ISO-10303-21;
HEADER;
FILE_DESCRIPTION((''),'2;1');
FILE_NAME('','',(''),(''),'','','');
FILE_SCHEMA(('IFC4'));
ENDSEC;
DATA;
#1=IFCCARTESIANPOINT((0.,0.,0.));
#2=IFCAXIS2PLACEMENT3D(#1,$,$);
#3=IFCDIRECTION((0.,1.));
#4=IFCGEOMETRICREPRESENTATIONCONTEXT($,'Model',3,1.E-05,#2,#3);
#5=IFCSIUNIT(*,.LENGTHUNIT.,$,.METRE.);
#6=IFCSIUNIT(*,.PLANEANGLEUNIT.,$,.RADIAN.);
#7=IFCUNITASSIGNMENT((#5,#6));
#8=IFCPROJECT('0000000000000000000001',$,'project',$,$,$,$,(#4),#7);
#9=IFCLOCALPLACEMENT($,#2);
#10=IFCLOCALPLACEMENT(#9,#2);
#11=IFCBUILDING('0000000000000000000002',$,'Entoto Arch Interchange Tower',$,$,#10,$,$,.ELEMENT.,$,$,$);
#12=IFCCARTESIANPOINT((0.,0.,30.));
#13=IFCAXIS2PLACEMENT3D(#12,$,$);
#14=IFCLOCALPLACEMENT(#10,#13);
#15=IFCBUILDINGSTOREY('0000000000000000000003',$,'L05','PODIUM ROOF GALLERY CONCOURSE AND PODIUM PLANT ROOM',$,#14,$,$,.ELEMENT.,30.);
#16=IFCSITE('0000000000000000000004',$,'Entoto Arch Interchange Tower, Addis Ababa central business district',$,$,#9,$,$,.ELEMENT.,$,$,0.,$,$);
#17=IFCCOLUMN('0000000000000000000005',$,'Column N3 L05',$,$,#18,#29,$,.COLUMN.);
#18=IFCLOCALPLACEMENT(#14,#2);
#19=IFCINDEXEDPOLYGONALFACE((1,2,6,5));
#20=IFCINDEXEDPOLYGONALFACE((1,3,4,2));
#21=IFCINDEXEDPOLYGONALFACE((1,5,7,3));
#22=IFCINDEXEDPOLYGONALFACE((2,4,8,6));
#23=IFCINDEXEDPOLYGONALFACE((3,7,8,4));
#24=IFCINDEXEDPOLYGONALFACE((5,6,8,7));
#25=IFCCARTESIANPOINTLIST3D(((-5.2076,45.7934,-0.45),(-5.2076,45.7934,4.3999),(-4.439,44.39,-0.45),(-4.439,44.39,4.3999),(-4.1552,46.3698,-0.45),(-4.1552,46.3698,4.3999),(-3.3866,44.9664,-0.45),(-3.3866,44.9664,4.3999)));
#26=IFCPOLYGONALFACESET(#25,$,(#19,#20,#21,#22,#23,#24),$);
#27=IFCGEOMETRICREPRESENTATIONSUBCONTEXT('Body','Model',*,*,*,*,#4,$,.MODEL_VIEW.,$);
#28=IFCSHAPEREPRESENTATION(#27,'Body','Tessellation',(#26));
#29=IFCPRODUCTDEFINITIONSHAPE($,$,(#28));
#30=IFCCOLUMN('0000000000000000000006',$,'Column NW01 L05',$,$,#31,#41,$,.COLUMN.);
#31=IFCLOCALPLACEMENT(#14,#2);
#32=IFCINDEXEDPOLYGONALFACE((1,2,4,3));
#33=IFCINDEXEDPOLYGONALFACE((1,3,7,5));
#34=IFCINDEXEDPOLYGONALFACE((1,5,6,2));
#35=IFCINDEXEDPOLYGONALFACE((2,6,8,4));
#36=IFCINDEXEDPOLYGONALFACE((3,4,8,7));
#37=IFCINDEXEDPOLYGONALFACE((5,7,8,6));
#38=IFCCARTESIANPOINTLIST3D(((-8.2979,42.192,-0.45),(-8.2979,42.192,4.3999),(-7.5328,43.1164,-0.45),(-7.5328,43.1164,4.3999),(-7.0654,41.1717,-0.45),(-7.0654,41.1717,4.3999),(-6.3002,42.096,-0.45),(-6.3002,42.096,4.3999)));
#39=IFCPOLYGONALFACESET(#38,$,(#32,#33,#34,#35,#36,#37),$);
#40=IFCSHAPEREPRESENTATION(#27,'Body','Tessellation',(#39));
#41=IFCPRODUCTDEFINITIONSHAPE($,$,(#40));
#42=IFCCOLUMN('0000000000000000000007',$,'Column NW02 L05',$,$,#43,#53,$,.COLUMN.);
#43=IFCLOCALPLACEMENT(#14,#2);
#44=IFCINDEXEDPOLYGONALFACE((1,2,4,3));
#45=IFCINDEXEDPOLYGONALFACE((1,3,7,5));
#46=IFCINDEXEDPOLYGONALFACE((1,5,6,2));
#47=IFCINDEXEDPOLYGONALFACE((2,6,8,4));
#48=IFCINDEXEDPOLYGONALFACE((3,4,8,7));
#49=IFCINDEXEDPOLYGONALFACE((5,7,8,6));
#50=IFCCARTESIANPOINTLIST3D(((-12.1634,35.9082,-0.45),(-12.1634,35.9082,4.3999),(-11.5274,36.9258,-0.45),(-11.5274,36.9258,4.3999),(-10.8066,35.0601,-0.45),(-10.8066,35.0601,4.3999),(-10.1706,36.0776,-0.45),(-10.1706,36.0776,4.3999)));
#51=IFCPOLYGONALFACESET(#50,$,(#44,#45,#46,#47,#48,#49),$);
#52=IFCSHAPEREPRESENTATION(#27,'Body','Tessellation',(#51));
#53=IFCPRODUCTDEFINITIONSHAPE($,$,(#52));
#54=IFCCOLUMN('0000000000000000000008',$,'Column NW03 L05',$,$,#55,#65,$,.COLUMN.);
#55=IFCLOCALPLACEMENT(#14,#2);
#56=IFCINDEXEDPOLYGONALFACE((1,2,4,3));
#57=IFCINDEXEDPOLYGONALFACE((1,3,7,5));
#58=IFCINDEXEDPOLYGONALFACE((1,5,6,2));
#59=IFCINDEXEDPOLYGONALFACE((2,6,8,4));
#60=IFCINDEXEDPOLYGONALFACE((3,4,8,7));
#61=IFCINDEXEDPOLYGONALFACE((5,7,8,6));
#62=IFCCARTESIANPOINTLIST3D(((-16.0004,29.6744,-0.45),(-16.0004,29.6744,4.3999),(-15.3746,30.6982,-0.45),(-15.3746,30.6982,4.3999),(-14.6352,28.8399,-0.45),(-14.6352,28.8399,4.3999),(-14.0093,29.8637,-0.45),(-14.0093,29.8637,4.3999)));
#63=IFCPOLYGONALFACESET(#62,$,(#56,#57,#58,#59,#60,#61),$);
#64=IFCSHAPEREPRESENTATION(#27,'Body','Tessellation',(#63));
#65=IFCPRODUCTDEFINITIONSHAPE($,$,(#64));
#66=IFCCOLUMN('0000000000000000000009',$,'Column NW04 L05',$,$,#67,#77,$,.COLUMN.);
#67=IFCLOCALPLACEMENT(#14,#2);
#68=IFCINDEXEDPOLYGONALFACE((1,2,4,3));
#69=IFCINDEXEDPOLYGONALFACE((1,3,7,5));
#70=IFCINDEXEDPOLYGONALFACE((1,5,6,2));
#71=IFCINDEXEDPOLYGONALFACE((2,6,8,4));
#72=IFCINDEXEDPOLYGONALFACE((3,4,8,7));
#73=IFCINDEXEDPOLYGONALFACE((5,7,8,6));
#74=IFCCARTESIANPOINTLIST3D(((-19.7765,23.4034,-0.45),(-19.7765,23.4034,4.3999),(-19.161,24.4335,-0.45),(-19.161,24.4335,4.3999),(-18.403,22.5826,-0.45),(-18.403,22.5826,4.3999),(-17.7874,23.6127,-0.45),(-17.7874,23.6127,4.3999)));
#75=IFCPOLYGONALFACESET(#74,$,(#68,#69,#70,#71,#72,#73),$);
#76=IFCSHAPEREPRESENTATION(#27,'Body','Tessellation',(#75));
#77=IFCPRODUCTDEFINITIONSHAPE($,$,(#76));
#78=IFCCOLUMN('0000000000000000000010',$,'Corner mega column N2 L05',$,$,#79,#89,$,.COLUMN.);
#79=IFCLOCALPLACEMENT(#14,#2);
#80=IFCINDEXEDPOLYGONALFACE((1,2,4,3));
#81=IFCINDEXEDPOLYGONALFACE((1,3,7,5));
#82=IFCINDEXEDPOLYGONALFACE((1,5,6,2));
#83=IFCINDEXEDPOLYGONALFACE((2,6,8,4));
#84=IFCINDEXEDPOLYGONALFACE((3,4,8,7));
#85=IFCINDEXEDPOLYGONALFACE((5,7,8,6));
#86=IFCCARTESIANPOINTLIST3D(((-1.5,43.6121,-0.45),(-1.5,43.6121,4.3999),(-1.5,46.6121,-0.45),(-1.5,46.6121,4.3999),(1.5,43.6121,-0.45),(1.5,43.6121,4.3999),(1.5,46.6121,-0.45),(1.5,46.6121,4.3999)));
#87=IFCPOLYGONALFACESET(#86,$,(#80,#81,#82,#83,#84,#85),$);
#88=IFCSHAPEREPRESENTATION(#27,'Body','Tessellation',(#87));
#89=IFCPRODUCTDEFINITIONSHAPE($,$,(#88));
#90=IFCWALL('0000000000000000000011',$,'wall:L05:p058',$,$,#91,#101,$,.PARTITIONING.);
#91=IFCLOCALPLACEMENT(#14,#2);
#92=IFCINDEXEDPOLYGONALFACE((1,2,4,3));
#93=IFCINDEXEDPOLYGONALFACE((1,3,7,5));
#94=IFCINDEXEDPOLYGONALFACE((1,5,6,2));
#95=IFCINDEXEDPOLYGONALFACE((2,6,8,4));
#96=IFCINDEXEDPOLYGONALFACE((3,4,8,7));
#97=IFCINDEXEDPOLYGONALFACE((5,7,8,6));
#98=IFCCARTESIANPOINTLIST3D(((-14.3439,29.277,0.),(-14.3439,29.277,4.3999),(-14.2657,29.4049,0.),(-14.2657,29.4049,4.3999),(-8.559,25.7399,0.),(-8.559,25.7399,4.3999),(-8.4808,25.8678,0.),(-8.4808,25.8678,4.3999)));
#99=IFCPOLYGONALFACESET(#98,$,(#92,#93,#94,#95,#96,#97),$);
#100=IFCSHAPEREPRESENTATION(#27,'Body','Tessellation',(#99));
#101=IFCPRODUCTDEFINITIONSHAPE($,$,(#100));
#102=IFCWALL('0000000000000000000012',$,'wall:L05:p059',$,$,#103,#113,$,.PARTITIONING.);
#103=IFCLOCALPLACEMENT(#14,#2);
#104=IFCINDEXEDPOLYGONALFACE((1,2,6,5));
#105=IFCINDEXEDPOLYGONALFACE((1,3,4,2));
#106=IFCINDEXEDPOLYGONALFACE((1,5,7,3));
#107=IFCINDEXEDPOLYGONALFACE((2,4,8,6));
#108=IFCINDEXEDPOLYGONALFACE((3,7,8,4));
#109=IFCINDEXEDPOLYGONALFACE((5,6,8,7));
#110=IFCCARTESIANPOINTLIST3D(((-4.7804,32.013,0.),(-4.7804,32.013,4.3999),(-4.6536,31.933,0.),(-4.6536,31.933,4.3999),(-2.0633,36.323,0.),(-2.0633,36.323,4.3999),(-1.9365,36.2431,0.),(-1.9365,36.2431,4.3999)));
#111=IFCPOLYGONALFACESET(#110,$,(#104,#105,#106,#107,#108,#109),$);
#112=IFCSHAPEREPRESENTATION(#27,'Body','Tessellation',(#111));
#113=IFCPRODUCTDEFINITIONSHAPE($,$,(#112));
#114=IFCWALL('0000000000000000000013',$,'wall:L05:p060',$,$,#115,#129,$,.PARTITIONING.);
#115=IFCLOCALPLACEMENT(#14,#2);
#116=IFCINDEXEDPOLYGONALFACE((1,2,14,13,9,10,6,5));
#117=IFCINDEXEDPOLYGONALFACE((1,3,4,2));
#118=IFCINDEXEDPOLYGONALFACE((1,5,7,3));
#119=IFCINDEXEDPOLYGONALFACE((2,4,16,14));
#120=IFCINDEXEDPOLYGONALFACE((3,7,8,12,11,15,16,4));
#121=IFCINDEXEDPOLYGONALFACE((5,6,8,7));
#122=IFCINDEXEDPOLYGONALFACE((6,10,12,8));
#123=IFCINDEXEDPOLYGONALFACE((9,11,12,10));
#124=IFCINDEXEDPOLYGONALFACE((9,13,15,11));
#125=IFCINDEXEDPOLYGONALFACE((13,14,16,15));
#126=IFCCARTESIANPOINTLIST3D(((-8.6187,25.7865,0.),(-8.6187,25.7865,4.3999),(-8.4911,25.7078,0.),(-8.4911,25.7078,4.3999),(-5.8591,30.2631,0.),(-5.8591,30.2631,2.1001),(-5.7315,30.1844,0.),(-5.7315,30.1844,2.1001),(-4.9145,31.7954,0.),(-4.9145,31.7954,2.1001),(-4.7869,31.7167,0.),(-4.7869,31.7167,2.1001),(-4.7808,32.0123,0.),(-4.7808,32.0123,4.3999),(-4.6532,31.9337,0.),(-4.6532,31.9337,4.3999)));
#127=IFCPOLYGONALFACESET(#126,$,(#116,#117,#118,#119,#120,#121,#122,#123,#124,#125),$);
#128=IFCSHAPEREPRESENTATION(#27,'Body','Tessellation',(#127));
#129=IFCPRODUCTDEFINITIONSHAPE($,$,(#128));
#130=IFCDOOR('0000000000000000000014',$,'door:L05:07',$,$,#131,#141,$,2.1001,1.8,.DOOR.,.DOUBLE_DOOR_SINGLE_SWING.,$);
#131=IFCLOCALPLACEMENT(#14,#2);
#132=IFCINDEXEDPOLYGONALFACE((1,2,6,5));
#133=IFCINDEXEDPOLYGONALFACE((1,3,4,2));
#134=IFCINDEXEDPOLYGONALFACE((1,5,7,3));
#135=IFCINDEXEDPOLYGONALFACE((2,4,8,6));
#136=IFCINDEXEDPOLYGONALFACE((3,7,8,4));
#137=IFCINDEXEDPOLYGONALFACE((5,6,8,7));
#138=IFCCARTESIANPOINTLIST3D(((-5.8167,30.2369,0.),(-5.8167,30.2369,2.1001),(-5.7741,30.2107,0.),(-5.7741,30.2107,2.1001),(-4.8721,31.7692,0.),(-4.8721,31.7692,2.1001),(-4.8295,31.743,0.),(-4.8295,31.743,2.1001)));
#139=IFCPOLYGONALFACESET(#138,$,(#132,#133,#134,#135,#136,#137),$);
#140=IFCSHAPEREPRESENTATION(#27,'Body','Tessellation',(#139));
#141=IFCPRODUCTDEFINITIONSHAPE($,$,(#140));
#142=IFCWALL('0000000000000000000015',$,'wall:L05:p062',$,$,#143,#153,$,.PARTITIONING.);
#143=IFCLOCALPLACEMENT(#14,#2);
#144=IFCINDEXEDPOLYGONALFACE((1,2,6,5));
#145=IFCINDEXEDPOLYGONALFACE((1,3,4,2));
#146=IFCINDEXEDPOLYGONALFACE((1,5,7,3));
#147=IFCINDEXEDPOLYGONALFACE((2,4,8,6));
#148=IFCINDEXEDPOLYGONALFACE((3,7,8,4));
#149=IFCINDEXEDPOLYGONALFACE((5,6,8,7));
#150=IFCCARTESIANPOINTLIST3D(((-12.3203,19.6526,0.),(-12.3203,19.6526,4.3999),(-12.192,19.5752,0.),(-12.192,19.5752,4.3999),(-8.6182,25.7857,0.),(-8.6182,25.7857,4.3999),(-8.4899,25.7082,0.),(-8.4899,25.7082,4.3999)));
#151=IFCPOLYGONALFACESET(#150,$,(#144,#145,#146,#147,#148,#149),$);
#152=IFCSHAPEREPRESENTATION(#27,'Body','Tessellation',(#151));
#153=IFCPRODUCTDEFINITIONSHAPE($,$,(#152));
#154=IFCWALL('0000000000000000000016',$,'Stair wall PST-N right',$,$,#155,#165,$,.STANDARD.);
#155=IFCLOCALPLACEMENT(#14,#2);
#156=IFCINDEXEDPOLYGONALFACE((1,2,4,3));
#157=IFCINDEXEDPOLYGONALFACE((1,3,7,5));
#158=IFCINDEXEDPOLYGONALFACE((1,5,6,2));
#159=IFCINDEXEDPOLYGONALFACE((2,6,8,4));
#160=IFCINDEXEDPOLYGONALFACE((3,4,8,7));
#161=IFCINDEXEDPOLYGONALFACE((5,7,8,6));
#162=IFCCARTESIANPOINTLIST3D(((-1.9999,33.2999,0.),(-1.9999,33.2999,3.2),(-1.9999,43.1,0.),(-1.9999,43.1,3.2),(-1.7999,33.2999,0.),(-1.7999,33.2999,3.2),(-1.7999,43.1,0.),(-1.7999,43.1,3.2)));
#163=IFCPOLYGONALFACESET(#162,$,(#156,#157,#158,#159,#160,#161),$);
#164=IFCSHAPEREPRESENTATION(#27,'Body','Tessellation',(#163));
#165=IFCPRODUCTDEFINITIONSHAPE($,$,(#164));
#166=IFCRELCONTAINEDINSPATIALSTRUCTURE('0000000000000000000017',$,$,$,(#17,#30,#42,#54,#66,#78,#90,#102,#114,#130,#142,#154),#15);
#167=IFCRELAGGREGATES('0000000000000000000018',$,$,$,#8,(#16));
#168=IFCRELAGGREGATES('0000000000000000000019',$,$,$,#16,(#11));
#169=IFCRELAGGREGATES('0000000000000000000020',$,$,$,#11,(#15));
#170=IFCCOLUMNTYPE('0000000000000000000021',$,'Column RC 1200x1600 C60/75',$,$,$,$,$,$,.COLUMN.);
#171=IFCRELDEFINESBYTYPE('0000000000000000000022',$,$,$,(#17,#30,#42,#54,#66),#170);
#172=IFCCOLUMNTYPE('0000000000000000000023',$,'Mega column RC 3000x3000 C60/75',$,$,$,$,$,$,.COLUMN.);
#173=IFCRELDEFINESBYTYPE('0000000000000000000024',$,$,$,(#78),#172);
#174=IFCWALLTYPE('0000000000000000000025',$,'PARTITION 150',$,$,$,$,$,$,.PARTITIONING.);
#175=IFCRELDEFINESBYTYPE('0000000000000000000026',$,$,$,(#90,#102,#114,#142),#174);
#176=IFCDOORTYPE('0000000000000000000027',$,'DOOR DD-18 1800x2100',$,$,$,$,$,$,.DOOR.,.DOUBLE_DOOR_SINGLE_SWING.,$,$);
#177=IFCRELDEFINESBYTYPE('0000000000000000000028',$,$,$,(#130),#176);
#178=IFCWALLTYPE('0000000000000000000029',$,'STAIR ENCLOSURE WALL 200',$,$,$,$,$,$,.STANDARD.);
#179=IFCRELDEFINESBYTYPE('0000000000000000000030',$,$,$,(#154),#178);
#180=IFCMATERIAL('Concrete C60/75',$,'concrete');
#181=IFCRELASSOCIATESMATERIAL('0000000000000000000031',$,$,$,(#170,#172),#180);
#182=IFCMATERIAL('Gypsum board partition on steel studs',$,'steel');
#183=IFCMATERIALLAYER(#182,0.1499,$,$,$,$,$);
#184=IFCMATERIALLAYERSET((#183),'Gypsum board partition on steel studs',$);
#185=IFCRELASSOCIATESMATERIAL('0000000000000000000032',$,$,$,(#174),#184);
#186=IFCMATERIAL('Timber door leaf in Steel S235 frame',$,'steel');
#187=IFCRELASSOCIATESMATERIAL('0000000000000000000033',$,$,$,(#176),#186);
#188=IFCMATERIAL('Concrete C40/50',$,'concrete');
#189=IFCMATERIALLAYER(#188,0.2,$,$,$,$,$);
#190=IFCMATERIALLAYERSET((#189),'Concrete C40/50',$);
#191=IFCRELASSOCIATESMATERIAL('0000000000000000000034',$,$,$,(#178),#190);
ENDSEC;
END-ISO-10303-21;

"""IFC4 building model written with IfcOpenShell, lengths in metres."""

from ifc_helpers import new_model, si_unit, direction, frame, frame_2d, origin, origin_2d, place, context, subcontext, project, spatial, rectangle, extrude, material, layer, layer_set, material_profile, profile_set, type_object, element, fill, save


model = new_model("IFC4")

# Units and contexts
model_context = context("Model", 3, precision=1e-05, world=origin(), true_north=direction((0.0, 1.0)))
body_context = subcontext(model_context, "Body", "Model", "MODEL_VIEW")
ifc_project = project(units=[si_unit("LENGTHUNIT", "METRE"), si_unit("PLANEANGLEUNIT", "RADIAN")], contexts=[model_context])

# Site, building, storey
site_placement = place(None, origin())
site = spatial("IfcSite", under=ifc_project, at=site_placement, Name="Entoto Arch Interchange Tower, Addis Ababa central business district", CompositionType="ELEMENT", RefElevation=0.0)
building_placement = place(site_placement, origin())
building = spatial("IfcBuilding", under=site, at=building_placement, Name="Entoto Arch Interchange Tower", CompositionType="ELEMENT")
storey_placement = place(building_placement, frame((0.0, 0.0, 30.0)))
storey = spatial("IfcBuildingStorey", under=building, at=storey_placement, Name="L05", Description="PODIUM ROOF GALLERY CONCOURSE AND PODIUM PLANT ROOM", CompositionType="ELEMENT", Elevation=30.0)

# Columns
ifc_material_1 = material(Name="Concrete C60/75", Category="concrete")
ifc_material_profile_1 = material_profile(ifc_material_1, rectangle(XDim=1.2, YDim=1.6001, at=origin_2d()))
ifc_profile_set_1 = profile_set([ifc_material_profile_1], Name="Concrete C60/75")
column_type_1 = type_object("IfcColumnType", Name="Column RC 1200x1600 C60/75", PredefinedType="COLUMN", material=ifc_profile_set_1)
for number, where, z_axis, x_axis, name in (
    (1, (-4.2971, 45.3799, -0.45), (0.0, 0.0, 1.0), (0.877079, 0.480346, 0.0), "Column N3 L05"),
    (2, (-7.2991, 42.144, -0.45), (0.0, 0.0, 1.0), (0.637666, 0.770313, 0.0), "Column NW01 L05"),
    (3, (-11.167, 35.9929, -0.45), (0.0, 0.0, 1.0), (0.530067, 0.847956, 0.0), "Column NW02 L05"),
    (4, (-15.0049, 29.769, -0.45), (0.0, 0.0, 1.0), (0.521546, 0.853223, 0.0), "Column NW03 L05"),
    (5, (-18.782, 23.5081, -0.45), (0.0, 0.0, 1.0), (0.512972, 0.858405, 0.0), "Column NW04 L05"),
):
    element("IfcColumn", number, at=place(storey_placement, frame(where, z_axis=z_axis, x_axis=x_axis)), inside=storey, type_object=column_type_1, Name=name, PredefinedType="COLUMN", context=body_context, shape_type="SweptSolid", body=[
        extrude(rectangle(XDim=1.2, YDim=1.6001, at=origin_2d()), origin(), (0.0, 0.0, 1.0), 4.8499),
    ])
ifc_material_profile_2 = material_profile(ifc_material_1, rectangle(XDim=3.0, YDim=3.0, at=origin_2d()))
ifc_profile_set_2 = profile_set([ifc_material_profile_2], Name="Concrete C60/75")
column_type_2 = type_object("IfcColumnType", Name="Mega column RC 3000x3000 C60/75", PredefinedType="COLUMN", material=ifc_profile_set_2)
column_placement = place(storey_placement, frame((0.0, 45.1121, -0.45), z_axis=(0.0, 0.0, 1.0), x_axis=(0.0, 1.0, 0.0)))
element("IfcColumn", 6, at=column_placement, inside=storey, type_object=column_type_2, Name="Corner mega column N2 L05", PredefinedType="COLUMN", context=body_context, shape_type="SweptSolid", body=[
    extrude(rectangle(XDim=3.0, YDim=3.0, at=origin_2d()), origin(), (0.0, 0.0, 1.0), 4.8499),
])

# Walls
ifc_material_2 = material(Name="Gypsum board partition on steel studs", Category="steel")
ifc_layer_1 = layer(ifc_material_2, 0.1499)
ifc_layer_set_1 = layer_set([ifc_layer_1], Name="Gypsum board partition on steel studs")
wall_type_1 = type_object("IfcWallType", Name="PARTITION 150", PredefinedType="PARTITIONING", material=ifc_layer_set_1)
wall_1_placement = place(storey_placement, frame((-8.52, 25.804, 0.0), z_axis=(0.0, 0.0, 1.0), x_axis=(-0.853158, 0.521652, 0.0)))
element("IfcWall", 7, at=wall_1_placement, inside=storey, type_object=wall_type_1, Name="wall:L05:p058", PredefinedType="PARTITIONING", context=body_context, shape_type="SweptSolid", body=[
    extrude(rectangle(XDim=6.7805, YDim=0.1499, at=frame_2d((3.3901, 0.0))), origin(), (0.0, 0.0, 1.0), 4.3999),
])
wall_2_placement = place(storey_placement, frame((-2.0, 36.283, 0.0), z_axis=(0.0, 0.0, 1.0), x_axis=(-0.533277, -0.845941, 0.0)))
element("IfcWall", 8, at=wall_2_placement, inside=storey, type_object=wall_type_1, Name="wall:L05:p059", PredefinedType="PARTITIONING", context=body_context, shape_type="SweptSolid", body=[
    extrude(rectangle(XDim=5.095, YDim=0.1499, at=frame_2d((2.5474, 0.0))), origin(), (0.0, 0.0, 1.0), 4.3999),
])

# Wall, opening, door
wall_3_placement = place(storey_placement, frame((-4.717, 31.9729, 0.0), z_axis=(0.0, 0.0, 1.0), x_axis=(-0.524753, -0.851255, 0.0)))
wall_3 = element("IfcWall", 9, at=wall_3_placement, inside=storey, type_object=wall_type_1, Name="wall:L05:p060", PredefinedType="PARTITIONING", context=body_context, shape_type="SweptSolid", body=[
    extrude(rectangle(XDim=7.3137, YDim=0.1499, at=frame_2d((3.6567, 0.0))), origin(), (0.0, 0.0, 1.0), 4.3999),
])
opening_1_placement = place(wall_3_placement, frame((0.2549, 0.0, 0.0)))
opening_1 = element("IfcOpeningElement", 10, at=opening_1_placement, cuts=wall_3, PredefinedType="OPENING", context=body_context, shape_type="SweptSolid", body=[
    extrude(rectangle(XDim=1.8, YDim=2.1001, at=frame_2d((0.8999, 1.05))), frame((0.0, 0.085, 0.0), z_axis=(0.0, -1.0, 0.0), x_axis=(1.0, 0.0, 0.0)), (0.0, 0.0, 1.0), 0.1699),
])
ifc_material_3 = material(Name="Timber door leaf in Steel S235 frame", Category="steel")
door_type = type_object("IfcDoorType", Name="DOOR DD-18 1800x2100", OperationType="DOUBLE_DOOR_SINGLE_SWING", PredefinedType="DOOR", material=ifc_material_3)
door_placement = place(opening_1_placement, origin())
door = element("IfcDoor", 11, at=door_placement, inside=storey, type_object=door_type, Name="door:L05:07", OperationType="DOUBLE_DOOR_SINGLE_SWING", OverallHeight=2.1001, OverallWidth=1.8, PredefinedType="DOOR", context=body_context, shape_type="SweptSolid", body=[
    extrude(rectangle(XDim=1.8, YDim=2.1001, at=frame_2d((0.8999, 1.05))), frame((0.0, 0.0249, 0.0), z_axis=(0.0, -1.0, 0.0), x_axis=(1.0, 0.0, 0.0)), (0.0, 0.0, 1.0), 0.05),
])
fill(opening_1, door)

# Walls
wall_4_placement = place(storey_placement, frame((-8.554, 25.7471, 0.0), z_axis=(0.0, 0.0, 1.0), x_axis=(-0.516784, -0.856116, 0.0)))
element("IfcWall", 12, at=wall_4_placement, inside=storey, type_object=wall_type_1, Name="wall:L05:p062", PredefinedType="PARTITIONING", context=body_context, shape_type="SweptSolid", body=[
    extrude(rectangle(XDim=7.1638, YDim=0.1499, at=frame_2d((3.582, 0.0))), origin(), (0.0, 0.0, 1.0), 4.3999),
])
ifc_material_4 = material(Name="Concrete C40/50", Category="concrete")
ifc_layer_2 = layer(ifc_material_4, 0.2)
ifc_layer_set_2 = layer_set([ifc_layer_2], Name="Concrete C40/50")
wall_type_2 = type_object("IfcWallType", Name="STAIR ENCLOSURE WALL 200", PredefinedType="STANDARD", material=ifc_layer_set_2)
wall_5_placement = place(storey_placement, frame((-1.8999, 33.3, 0.0), z_axis=(0.0, 0.0, 1.0), x_axis=(0.0, 1.0, 0.0)))
element("IfcWall", 13, at=wall_5_placement, inside=storey, type_object=wall_type_2, Name="Stair wall PST-N right", PredefinedType="STANDARD", context=body_context, shape_type="SweptSolid", body=[
    extrude(rectangle(XDim=9.8, YDim=0.2, at=frame_2d((4.8999, 0.0))), origin(), (0.0, 0.0, 1.0), 3.2),
])

save(model, "model.ifc")
